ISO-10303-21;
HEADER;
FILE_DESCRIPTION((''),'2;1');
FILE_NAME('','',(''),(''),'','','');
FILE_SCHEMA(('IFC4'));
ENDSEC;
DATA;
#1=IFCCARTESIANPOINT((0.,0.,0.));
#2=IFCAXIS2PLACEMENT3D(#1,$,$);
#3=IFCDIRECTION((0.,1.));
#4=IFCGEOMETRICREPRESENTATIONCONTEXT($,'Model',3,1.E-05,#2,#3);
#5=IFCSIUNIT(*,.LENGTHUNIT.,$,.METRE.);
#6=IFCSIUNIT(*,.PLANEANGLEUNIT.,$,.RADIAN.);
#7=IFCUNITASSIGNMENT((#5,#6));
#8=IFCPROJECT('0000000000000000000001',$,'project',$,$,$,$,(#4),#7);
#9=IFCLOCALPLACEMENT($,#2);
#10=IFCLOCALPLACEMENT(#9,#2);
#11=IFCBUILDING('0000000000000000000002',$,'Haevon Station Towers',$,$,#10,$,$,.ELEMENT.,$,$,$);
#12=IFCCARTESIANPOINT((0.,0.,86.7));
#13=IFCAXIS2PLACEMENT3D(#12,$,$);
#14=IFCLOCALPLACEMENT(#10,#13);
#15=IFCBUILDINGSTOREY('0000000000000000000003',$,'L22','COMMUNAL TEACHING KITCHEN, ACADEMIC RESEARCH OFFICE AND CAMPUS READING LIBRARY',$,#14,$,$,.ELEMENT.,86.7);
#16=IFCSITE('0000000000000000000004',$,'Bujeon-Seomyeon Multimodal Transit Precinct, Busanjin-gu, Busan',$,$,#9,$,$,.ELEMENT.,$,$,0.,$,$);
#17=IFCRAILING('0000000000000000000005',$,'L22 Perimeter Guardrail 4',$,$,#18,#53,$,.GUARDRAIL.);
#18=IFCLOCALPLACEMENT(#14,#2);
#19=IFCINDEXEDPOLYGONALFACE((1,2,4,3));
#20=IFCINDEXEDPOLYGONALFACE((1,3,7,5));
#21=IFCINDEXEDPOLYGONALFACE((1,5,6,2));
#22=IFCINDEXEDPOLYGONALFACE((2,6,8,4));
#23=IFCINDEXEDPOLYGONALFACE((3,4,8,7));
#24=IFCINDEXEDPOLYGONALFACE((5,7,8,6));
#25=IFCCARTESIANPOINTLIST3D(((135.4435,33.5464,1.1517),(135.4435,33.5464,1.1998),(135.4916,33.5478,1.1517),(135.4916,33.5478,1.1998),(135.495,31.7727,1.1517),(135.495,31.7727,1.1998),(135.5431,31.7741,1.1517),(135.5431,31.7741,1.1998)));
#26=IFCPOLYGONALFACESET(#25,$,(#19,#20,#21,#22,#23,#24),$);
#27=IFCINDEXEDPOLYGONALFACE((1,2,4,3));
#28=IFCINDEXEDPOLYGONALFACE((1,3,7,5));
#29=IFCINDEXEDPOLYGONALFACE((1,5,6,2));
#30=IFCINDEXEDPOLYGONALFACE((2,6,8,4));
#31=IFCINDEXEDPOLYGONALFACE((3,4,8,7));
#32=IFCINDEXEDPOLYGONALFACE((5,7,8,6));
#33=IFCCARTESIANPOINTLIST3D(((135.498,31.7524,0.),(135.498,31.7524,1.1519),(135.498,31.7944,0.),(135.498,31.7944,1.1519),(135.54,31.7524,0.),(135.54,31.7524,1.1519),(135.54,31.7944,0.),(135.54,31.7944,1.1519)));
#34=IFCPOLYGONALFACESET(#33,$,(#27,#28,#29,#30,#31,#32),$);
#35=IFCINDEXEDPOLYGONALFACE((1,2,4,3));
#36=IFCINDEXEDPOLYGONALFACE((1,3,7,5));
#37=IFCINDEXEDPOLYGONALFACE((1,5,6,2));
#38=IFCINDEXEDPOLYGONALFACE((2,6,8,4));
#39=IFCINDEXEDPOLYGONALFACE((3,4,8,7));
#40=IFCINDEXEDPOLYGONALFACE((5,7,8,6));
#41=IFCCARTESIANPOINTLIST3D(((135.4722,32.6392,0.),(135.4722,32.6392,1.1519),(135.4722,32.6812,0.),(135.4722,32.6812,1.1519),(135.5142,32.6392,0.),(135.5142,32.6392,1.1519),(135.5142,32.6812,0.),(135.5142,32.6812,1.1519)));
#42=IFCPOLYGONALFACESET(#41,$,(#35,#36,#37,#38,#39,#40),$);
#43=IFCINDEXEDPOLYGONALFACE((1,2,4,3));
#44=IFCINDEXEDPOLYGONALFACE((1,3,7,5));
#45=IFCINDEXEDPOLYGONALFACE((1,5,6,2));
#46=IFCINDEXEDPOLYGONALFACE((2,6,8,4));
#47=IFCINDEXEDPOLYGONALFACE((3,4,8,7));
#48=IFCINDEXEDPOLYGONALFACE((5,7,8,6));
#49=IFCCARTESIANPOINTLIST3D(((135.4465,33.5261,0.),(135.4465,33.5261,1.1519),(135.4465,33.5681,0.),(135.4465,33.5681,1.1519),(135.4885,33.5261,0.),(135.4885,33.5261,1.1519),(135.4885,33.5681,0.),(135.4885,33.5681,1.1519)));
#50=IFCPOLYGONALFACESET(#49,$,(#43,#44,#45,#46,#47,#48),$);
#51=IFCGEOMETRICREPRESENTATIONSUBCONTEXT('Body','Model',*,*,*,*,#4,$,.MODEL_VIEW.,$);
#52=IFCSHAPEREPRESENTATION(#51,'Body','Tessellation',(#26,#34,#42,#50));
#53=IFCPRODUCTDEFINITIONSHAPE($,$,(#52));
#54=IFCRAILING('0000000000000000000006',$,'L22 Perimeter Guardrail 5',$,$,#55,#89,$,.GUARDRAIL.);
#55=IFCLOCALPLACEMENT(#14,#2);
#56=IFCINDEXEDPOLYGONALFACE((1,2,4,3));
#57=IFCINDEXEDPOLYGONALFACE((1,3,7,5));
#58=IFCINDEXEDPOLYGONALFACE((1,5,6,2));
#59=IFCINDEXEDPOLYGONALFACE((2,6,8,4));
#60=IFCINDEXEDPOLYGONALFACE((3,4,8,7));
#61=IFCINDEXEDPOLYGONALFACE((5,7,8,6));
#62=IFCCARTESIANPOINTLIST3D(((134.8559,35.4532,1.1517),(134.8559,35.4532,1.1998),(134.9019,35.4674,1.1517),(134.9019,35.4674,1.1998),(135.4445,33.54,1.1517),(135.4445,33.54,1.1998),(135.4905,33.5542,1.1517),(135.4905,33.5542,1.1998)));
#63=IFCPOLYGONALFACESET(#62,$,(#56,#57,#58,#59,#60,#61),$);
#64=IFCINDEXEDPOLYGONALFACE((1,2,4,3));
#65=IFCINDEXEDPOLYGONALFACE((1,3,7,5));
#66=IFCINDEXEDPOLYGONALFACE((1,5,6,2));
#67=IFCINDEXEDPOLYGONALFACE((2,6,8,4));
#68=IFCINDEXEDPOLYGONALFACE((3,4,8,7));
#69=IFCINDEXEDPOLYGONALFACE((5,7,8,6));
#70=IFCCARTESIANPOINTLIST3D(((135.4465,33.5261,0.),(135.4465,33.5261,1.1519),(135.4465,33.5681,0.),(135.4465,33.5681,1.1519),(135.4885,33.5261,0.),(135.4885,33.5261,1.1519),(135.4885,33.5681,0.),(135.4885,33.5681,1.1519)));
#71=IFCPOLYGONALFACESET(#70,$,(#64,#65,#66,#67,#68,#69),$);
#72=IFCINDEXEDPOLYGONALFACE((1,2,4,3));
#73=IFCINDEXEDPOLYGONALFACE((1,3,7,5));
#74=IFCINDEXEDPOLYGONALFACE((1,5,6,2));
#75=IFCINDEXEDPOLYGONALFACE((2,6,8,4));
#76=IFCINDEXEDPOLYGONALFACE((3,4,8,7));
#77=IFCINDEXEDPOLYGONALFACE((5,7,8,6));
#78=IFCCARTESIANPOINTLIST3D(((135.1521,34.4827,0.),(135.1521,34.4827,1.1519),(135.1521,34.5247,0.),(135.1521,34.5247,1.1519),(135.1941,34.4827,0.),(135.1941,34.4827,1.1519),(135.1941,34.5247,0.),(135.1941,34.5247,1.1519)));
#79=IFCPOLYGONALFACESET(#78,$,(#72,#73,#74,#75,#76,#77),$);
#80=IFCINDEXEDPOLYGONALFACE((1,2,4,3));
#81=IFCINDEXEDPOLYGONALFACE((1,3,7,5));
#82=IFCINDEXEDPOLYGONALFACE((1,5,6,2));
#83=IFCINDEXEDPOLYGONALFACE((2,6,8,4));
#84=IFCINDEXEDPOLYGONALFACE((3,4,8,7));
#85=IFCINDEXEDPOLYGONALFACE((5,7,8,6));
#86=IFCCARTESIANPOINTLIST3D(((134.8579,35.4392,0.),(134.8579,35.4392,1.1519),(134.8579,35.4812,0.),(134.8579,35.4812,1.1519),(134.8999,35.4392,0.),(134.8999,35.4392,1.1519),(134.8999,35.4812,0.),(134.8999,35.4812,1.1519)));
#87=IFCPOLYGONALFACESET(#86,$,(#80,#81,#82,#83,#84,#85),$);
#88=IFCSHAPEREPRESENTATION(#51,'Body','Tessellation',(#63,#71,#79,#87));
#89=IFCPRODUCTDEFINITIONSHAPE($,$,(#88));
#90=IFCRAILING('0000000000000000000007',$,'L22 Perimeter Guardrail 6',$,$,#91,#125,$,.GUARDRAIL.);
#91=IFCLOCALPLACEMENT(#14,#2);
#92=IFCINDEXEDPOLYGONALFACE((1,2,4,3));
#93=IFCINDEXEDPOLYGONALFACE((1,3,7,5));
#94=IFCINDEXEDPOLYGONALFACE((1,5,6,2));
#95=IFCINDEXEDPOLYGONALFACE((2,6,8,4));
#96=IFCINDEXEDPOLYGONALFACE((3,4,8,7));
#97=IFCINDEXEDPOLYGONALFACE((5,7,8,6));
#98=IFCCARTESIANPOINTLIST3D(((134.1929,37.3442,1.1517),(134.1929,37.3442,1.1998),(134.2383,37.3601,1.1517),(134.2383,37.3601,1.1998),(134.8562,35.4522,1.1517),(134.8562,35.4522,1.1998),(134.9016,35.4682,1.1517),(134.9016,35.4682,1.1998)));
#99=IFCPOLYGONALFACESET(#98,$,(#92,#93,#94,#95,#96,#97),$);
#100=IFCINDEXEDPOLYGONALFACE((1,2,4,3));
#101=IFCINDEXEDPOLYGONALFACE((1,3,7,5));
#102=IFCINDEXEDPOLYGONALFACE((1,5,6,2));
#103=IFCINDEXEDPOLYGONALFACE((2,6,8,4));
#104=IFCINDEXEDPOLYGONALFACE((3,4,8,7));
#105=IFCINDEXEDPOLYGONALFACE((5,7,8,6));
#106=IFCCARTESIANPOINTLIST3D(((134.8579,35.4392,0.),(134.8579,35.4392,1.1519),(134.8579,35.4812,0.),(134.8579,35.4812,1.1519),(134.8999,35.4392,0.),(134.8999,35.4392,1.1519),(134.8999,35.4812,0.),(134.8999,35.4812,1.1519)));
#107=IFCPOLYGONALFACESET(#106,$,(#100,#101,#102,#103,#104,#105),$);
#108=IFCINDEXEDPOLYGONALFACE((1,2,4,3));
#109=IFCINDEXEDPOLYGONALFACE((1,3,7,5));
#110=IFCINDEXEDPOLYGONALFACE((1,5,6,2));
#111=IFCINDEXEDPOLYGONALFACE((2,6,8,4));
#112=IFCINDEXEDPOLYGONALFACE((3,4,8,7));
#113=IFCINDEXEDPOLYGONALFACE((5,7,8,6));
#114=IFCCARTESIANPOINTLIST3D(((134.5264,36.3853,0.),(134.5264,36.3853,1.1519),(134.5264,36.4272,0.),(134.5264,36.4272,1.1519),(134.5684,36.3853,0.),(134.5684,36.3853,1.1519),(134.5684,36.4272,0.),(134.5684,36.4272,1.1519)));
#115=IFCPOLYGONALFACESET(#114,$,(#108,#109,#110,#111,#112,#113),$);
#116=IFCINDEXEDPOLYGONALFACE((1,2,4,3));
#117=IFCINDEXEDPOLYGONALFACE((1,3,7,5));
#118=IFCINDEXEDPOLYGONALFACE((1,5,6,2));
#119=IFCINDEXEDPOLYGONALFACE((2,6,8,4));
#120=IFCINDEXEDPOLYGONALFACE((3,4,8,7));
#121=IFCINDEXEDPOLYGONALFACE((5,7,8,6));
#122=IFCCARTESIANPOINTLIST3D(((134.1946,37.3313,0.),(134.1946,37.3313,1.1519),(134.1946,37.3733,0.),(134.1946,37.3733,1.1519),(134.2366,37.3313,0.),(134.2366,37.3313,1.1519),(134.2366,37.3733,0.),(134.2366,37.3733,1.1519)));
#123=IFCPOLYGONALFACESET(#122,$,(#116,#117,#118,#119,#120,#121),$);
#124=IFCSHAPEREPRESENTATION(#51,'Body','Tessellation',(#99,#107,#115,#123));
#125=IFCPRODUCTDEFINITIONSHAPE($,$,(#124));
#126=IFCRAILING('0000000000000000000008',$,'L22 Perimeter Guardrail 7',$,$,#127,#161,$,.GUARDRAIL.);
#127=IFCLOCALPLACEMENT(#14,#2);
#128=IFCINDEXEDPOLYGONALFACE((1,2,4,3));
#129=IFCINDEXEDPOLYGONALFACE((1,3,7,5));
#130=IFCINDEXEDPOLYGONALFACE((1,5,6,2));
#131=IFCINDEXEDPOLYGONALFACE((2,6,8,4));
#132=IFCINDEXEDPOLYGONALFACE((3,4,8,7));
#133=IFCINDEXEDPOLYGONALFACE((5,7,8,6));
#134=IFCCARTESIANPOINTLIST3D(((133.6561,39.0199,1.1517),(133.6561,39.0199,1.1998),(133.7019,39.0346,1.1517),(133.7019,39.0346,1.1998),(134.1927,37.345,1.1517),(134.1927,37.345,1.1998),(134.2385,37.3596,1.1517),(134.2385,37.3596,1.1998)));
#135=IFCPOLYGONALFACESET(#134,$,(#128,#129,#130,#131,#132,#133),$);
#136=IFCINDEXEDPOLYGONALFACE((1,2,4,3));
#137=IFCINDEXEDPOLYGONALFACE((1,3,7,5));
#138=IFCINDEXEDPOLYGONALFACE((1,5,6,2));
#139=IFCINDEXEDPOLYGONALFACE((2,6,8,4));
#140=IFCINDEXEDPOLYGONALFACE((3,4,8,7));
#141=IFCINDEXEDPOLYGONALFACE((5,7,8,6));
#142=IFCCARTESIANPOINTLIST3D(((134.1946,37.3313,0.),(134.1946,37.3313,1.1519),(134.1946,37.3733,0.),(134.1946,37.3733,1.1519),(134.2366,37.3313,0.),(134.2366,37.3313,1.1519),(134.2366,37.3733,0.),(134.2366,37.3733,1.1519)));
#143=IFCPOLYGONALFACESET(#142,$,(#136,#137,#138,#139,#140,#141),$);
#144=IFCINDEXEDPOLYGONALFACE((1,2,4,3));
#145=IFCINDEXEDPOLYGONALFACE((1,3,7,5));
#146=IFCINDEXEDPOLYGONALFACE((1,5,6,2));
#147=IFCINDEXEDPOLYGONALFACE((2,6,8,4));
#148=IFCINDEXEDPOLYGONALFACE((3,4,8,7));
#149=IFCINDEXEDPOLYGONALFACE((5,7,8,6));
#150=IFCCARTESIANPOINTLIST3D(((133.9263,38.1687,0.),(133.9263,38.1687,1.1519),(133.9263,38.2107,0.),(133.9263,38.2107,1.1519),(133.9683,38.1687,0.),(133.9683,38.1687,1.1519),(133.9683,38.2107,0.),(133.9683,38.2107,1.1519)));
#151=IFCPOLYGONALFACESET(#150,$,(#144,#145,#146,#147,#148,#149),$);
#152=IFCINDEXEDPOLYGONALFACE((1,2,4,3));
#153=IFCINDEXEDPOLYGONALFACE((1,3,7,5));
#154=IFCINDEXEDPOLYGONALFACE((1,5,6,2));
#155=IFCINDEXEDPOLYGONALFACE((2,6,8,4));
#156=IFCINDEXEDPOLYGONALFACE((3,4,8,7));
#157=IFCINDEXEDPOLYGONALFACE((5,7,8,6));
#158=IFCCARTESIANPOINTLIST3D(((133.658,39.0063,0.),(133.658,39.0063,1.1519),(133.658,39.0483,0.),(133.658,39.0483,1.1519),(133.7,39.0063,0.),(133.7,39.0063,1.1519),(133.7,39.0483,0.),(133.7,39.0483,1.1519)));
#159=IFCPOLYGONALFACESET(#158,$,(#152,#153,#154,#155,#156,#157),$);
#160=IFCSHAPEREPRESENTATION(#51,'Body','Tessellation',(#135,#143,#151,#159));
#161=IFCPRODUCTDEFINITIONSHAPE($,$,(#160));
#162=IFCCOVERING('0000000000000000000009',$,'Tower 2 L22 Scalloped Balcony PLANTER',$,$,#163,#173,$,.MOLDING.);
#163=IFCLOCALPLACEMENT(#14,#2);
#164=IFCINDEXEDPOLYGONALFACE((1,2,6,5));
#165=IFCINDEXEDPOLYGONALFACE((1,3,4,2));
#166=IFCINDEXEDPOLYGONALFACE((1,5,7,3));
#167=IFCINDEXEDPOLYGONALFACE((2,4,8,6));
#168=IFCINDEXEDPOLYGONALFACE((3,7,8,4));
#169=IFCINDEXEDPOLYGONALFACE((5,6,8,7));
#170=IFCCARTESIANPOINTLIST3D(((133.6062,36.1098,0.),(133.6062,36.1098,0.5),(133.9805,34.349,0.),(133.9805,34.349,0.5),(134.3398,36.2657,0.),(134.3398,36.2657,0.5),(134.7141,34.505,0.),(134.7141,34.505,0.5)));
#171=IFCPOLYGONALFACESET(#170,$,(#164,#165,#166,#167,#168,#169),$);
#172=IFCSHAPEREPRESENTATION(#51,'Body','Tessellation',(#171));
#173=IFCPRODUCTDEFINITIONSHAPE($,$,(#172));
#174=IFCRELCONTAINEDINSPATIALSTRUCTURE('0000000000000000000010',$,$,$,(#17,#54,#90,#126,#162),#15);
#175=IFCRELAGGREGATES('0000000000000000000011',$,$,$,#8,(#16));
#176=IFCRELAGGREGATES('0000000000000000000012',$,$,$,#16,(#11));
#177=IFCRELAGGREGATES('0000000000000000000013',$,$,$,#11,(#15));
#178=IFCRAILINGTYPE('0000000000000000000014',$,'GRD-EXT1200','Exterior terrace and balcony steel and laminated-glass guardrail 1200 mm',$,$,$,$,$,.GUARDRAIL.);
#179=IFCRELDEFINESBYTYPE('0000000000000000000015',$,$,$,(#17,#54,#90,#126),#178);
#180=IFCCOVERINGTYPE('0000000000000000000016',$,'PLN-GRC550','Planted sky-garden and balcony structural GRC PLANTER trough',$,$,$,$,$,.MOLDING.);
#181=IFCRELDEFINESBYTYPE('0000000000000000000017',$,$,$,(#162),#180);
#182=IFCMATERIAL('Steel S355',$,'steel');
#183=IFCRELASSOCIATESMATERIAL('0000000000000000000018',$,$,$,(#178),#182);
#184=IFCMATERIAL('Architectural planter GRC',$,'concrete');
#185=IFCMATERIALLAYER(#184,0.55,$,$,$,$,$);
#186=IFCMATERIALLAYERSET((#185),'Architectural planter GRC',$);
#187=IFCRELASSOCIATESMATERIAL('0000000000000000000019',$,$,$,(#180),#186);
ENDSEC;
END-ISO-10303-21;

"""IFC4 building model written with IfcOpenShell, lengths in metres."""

from ifc_helpers import new_model, si_unit, direction, frame, origin, origin_2d, place, context, subcontext, project, spatial, rectangle, extrude, material, layer, layer_set, type_object, element, save


model = new_model("IFC4")

# Units and contexts
model_context = context("Model", 3, precision=1e-05, world=origin(), true_north=direction((0.0, 1.0)))
body_context = subcontext(model_context, "Body", "Model", "MODEL_VIEW")
ifc_project = project(units=[si_unit("LENGTHUNIT", "METRE"), si_unit("PLANEANGLEUNIT", "RADIAN")], contexts=[model_context])

# Site, building, storey
site_placement = place(None, origin())
site = spatial("IfcSite", under=ifc_project, at=site_placement, Name="Bujeon-Seomyeon Multimodal Transit Precinct, Busanjin-gu, Busan", CompositionType="ELEMENT", RefElevation=0.0)
building_placement = place(site_placement, origin())
building = spatial("IfcBuilding", under=site, at=building_placement, Name="Haevon Station Towers", CompositionType="ELEMENT")
storey_placement = place(building_placement, frame((0.0, 0.0, 86.7)))
storey = spatial("IfcBuildingStorey", under=building, at=storey_placement, Name="L22", Description="COMMUNAL TEACHING KITCHEN, ACADEMIC RESEARCH OFFICE AND CAMPUS READING LIBRARY", CompositionType="ELEMENT", Elevation=86.7)

# Shared definitions
ifc_material_1 = material(Name="Steel S355", Category="steel")

# Railings
railing_type = type_object("IfcRailingType", Name="GRD-EXT1200", Description="Exterior terrace and balcony steel and laminated-glass guardrail 1200 mm", PredefinedType="GUARDRAIL", material=ifc_material_1)
railing_1_placement = place(storey_placement, frame((135.519, 31.7734, 0.0)))
element("IfcRailing", 1, at=railing_1_placement, inside=storey, type_object=railing_type, Name="L22 Perimeter Guardrail 4", PredefinedType="GUARDRAIL", context=body_context, shape_type="SweptSolid", body=[
    extrude(rectangle(XDim=0.0481, YDim=0.0481, at=origin_2d()), frame((0.0, 0.0, 1.1758), z_axis=(-0.029031, 0.999579, 0.0), x_axis=(-0.999579, -0.029031, 0.0)), (0.0, 0.0, 1.0), 1.7744),
    extrude(rectangle(XDim=0.042, YDim=0.042, at=origin_2d()), origin(), (0.0, 0.0, 1.0), 1.1519),
    extrude(rectangle(XDim=0.042, YDim=0.042, at=origin_2d()), frame((-0.0259, 0.8867, 0.0)), (0.0, 0.0, 1.0), 1.1519),
    extrude(rectangle(XDim=0.042, YDim=0.042, at=origin_2d()), frame((-0.0515, 1.7737, 0.0)), (0.0, 0.0, 1.0), 1.1519),
])
railing_2_placement = place(storey_placement, frame((135.4675, 33.5471, 0.0)))
element("IfcRailing", 2, at=railing_2_placement, inside=storey, type_object=railing_type, Name="L22 Perimeter Guardrail 5", PredefinedType="GUARDRAIL", context=body_context, shape_type="SweptSolid", body=[
    extrude(rectangle(XDim=0.0481, YDim=0.0481, at=origin_2d()), frame((0.0, 0.0, 1.1758), z_axis=(-0.294077, 0.955782, 0.0), x_axis=(-0.955782, -0.294077, 0.0)), (0.0, 0.0, 1.0), 2.0017),
    extrude(rectangle(XDim=0.042, YDim=0.042, at=origin_2d()), origin(), (0.0, 0.0, 1.0), 1.1519),
    extrude(rectangle(XDim=0.042, YDim=0.042, at=origin_2d()), frame((-0.2944, 0.9565, 0.0)), (0.0, 0.0, 1.0), 1.1519),
    extrude(rectangle(XDim=0.042, YDim=0.042, at=origin_2d()), frame((-0.5886, 1.9131, 0.0)), (0.0, 0.0, 1.0), 1.1519),
])
railing_3_placement = place(storey_placement, frame((134.8789, 35.4602, 0.0)))
element("IfcRailing", 3, at=railing_3_placement, inside=storey, type_object=railing_type, Name="L22 Perimeter Guardrail 6", PredefinedType="GUARDRAIL", context=body_context, shape_type="SweptSolid", body=[
    extrude(rectangle(XDim=0.0481, YDim=0.0481, at=origin_2d()), frame((0.0, 0.0, 1.1758), z_axis=(-0.330839, 0.943687, 0.0), x_axis=(-0.943687, -0.330839, 0.0)), (0.0, 0.0, 1.0), 2.0049),
    extrude(rectangle(XDim=0.042, YDim=0.042, at=origin_2d()), origin(), (0.0, 0.0, 1.0), 1.1519),
    extrude(rectangle(XDim=0.042, YDim=0.042, at=origin_2d()), frame((-0.3315, 0.946, 0.0)), (0.0, 0.0, 1.0), 1.1519),
    extrude(rectangle(XDim=0.042, YDim=0.042, at=origin_2d()), frame((-0.6633, 1.8921, 0.0)), (0.0, 0.0, 1.0), 1.1519),
])
railing_4_placement = place(storey_placement, frame((134.2156, 37.3523, 0.0)))
element("IfcRailing", 4, at=railing_4_placement, inside=storey, type_object=railing_type, Name="L22 Perimeter Guardrail 7", PredefinedType="GUARDRAIL", context=body_context, shape_type="SweptSolid", body=[
    extrude(rectangle(XDim=0.0481, YDim=0.0481, at=origin_2d()), frame((0.0, 0.0, 1.1758), z_axis=(-0.305088, 0.952324, 0.0), x_axis=(-0.952324, -0.305088, 0.0)), (0.0, 0.0, 1.0), 1.7588),
    extrude(rectangle(XDim=0.042, YDim=0.042, at=origin_2d()), origin(), (0.0, 0.0, 1.0), 1.1519),
    extrude(rectangle(XDim=0.042, YDim=0.042, at=origin_2d()), frame((-0.2683, 0.8374, 0.0)), (0.0, 0.0, 1.0), 1.1519),
    extrude(rectangle(XDim=0.042, YDim=0.042, at=origin_2d()), frame((-0.5366, 1.675, 0.0)), (0.0, 0.0, 1.0), 1.1519),
])

# Covering
ifc_material_2 = material(Name="Architectural planter GRC", Category="concrete")
ifc_layer_1 = layer(ifc_material_2, 0.55)
ifc_layer_set_1 = layer_set([ifc_layer_1], Name="Architectural planter GRC")
covering_type = type_object("IfcCoveringType", Name="PLN-GRC550", Description="Planted sky-garden and balcony structural GRC PLANTER trough", PredefinedType="MOLDING", material=ifc_layer_set_1)
covering_placement = place(storey_placement, frame((134.1602, 35.3074, 0.0), z_axis=(0.0, 0.0, 1.0), x_axis=(0.978148, 0.207912, 0.0)))
element("IfcCovering", 5, at=covering_placement, inside=storey, type_object=covering_type, Name="Tower 2 L22 Scalloped Balcony PLANTER", PredefinedType="MOLDING", context=body_context, shape_type="SweptSolid", body=[
    extrude(rectangle(XDim=0.75, YDim=1.8, at=origin_2d()), origin(), (0.0, 0.0, 1.0), 0.5),
])

save(model, "model.ifc")
